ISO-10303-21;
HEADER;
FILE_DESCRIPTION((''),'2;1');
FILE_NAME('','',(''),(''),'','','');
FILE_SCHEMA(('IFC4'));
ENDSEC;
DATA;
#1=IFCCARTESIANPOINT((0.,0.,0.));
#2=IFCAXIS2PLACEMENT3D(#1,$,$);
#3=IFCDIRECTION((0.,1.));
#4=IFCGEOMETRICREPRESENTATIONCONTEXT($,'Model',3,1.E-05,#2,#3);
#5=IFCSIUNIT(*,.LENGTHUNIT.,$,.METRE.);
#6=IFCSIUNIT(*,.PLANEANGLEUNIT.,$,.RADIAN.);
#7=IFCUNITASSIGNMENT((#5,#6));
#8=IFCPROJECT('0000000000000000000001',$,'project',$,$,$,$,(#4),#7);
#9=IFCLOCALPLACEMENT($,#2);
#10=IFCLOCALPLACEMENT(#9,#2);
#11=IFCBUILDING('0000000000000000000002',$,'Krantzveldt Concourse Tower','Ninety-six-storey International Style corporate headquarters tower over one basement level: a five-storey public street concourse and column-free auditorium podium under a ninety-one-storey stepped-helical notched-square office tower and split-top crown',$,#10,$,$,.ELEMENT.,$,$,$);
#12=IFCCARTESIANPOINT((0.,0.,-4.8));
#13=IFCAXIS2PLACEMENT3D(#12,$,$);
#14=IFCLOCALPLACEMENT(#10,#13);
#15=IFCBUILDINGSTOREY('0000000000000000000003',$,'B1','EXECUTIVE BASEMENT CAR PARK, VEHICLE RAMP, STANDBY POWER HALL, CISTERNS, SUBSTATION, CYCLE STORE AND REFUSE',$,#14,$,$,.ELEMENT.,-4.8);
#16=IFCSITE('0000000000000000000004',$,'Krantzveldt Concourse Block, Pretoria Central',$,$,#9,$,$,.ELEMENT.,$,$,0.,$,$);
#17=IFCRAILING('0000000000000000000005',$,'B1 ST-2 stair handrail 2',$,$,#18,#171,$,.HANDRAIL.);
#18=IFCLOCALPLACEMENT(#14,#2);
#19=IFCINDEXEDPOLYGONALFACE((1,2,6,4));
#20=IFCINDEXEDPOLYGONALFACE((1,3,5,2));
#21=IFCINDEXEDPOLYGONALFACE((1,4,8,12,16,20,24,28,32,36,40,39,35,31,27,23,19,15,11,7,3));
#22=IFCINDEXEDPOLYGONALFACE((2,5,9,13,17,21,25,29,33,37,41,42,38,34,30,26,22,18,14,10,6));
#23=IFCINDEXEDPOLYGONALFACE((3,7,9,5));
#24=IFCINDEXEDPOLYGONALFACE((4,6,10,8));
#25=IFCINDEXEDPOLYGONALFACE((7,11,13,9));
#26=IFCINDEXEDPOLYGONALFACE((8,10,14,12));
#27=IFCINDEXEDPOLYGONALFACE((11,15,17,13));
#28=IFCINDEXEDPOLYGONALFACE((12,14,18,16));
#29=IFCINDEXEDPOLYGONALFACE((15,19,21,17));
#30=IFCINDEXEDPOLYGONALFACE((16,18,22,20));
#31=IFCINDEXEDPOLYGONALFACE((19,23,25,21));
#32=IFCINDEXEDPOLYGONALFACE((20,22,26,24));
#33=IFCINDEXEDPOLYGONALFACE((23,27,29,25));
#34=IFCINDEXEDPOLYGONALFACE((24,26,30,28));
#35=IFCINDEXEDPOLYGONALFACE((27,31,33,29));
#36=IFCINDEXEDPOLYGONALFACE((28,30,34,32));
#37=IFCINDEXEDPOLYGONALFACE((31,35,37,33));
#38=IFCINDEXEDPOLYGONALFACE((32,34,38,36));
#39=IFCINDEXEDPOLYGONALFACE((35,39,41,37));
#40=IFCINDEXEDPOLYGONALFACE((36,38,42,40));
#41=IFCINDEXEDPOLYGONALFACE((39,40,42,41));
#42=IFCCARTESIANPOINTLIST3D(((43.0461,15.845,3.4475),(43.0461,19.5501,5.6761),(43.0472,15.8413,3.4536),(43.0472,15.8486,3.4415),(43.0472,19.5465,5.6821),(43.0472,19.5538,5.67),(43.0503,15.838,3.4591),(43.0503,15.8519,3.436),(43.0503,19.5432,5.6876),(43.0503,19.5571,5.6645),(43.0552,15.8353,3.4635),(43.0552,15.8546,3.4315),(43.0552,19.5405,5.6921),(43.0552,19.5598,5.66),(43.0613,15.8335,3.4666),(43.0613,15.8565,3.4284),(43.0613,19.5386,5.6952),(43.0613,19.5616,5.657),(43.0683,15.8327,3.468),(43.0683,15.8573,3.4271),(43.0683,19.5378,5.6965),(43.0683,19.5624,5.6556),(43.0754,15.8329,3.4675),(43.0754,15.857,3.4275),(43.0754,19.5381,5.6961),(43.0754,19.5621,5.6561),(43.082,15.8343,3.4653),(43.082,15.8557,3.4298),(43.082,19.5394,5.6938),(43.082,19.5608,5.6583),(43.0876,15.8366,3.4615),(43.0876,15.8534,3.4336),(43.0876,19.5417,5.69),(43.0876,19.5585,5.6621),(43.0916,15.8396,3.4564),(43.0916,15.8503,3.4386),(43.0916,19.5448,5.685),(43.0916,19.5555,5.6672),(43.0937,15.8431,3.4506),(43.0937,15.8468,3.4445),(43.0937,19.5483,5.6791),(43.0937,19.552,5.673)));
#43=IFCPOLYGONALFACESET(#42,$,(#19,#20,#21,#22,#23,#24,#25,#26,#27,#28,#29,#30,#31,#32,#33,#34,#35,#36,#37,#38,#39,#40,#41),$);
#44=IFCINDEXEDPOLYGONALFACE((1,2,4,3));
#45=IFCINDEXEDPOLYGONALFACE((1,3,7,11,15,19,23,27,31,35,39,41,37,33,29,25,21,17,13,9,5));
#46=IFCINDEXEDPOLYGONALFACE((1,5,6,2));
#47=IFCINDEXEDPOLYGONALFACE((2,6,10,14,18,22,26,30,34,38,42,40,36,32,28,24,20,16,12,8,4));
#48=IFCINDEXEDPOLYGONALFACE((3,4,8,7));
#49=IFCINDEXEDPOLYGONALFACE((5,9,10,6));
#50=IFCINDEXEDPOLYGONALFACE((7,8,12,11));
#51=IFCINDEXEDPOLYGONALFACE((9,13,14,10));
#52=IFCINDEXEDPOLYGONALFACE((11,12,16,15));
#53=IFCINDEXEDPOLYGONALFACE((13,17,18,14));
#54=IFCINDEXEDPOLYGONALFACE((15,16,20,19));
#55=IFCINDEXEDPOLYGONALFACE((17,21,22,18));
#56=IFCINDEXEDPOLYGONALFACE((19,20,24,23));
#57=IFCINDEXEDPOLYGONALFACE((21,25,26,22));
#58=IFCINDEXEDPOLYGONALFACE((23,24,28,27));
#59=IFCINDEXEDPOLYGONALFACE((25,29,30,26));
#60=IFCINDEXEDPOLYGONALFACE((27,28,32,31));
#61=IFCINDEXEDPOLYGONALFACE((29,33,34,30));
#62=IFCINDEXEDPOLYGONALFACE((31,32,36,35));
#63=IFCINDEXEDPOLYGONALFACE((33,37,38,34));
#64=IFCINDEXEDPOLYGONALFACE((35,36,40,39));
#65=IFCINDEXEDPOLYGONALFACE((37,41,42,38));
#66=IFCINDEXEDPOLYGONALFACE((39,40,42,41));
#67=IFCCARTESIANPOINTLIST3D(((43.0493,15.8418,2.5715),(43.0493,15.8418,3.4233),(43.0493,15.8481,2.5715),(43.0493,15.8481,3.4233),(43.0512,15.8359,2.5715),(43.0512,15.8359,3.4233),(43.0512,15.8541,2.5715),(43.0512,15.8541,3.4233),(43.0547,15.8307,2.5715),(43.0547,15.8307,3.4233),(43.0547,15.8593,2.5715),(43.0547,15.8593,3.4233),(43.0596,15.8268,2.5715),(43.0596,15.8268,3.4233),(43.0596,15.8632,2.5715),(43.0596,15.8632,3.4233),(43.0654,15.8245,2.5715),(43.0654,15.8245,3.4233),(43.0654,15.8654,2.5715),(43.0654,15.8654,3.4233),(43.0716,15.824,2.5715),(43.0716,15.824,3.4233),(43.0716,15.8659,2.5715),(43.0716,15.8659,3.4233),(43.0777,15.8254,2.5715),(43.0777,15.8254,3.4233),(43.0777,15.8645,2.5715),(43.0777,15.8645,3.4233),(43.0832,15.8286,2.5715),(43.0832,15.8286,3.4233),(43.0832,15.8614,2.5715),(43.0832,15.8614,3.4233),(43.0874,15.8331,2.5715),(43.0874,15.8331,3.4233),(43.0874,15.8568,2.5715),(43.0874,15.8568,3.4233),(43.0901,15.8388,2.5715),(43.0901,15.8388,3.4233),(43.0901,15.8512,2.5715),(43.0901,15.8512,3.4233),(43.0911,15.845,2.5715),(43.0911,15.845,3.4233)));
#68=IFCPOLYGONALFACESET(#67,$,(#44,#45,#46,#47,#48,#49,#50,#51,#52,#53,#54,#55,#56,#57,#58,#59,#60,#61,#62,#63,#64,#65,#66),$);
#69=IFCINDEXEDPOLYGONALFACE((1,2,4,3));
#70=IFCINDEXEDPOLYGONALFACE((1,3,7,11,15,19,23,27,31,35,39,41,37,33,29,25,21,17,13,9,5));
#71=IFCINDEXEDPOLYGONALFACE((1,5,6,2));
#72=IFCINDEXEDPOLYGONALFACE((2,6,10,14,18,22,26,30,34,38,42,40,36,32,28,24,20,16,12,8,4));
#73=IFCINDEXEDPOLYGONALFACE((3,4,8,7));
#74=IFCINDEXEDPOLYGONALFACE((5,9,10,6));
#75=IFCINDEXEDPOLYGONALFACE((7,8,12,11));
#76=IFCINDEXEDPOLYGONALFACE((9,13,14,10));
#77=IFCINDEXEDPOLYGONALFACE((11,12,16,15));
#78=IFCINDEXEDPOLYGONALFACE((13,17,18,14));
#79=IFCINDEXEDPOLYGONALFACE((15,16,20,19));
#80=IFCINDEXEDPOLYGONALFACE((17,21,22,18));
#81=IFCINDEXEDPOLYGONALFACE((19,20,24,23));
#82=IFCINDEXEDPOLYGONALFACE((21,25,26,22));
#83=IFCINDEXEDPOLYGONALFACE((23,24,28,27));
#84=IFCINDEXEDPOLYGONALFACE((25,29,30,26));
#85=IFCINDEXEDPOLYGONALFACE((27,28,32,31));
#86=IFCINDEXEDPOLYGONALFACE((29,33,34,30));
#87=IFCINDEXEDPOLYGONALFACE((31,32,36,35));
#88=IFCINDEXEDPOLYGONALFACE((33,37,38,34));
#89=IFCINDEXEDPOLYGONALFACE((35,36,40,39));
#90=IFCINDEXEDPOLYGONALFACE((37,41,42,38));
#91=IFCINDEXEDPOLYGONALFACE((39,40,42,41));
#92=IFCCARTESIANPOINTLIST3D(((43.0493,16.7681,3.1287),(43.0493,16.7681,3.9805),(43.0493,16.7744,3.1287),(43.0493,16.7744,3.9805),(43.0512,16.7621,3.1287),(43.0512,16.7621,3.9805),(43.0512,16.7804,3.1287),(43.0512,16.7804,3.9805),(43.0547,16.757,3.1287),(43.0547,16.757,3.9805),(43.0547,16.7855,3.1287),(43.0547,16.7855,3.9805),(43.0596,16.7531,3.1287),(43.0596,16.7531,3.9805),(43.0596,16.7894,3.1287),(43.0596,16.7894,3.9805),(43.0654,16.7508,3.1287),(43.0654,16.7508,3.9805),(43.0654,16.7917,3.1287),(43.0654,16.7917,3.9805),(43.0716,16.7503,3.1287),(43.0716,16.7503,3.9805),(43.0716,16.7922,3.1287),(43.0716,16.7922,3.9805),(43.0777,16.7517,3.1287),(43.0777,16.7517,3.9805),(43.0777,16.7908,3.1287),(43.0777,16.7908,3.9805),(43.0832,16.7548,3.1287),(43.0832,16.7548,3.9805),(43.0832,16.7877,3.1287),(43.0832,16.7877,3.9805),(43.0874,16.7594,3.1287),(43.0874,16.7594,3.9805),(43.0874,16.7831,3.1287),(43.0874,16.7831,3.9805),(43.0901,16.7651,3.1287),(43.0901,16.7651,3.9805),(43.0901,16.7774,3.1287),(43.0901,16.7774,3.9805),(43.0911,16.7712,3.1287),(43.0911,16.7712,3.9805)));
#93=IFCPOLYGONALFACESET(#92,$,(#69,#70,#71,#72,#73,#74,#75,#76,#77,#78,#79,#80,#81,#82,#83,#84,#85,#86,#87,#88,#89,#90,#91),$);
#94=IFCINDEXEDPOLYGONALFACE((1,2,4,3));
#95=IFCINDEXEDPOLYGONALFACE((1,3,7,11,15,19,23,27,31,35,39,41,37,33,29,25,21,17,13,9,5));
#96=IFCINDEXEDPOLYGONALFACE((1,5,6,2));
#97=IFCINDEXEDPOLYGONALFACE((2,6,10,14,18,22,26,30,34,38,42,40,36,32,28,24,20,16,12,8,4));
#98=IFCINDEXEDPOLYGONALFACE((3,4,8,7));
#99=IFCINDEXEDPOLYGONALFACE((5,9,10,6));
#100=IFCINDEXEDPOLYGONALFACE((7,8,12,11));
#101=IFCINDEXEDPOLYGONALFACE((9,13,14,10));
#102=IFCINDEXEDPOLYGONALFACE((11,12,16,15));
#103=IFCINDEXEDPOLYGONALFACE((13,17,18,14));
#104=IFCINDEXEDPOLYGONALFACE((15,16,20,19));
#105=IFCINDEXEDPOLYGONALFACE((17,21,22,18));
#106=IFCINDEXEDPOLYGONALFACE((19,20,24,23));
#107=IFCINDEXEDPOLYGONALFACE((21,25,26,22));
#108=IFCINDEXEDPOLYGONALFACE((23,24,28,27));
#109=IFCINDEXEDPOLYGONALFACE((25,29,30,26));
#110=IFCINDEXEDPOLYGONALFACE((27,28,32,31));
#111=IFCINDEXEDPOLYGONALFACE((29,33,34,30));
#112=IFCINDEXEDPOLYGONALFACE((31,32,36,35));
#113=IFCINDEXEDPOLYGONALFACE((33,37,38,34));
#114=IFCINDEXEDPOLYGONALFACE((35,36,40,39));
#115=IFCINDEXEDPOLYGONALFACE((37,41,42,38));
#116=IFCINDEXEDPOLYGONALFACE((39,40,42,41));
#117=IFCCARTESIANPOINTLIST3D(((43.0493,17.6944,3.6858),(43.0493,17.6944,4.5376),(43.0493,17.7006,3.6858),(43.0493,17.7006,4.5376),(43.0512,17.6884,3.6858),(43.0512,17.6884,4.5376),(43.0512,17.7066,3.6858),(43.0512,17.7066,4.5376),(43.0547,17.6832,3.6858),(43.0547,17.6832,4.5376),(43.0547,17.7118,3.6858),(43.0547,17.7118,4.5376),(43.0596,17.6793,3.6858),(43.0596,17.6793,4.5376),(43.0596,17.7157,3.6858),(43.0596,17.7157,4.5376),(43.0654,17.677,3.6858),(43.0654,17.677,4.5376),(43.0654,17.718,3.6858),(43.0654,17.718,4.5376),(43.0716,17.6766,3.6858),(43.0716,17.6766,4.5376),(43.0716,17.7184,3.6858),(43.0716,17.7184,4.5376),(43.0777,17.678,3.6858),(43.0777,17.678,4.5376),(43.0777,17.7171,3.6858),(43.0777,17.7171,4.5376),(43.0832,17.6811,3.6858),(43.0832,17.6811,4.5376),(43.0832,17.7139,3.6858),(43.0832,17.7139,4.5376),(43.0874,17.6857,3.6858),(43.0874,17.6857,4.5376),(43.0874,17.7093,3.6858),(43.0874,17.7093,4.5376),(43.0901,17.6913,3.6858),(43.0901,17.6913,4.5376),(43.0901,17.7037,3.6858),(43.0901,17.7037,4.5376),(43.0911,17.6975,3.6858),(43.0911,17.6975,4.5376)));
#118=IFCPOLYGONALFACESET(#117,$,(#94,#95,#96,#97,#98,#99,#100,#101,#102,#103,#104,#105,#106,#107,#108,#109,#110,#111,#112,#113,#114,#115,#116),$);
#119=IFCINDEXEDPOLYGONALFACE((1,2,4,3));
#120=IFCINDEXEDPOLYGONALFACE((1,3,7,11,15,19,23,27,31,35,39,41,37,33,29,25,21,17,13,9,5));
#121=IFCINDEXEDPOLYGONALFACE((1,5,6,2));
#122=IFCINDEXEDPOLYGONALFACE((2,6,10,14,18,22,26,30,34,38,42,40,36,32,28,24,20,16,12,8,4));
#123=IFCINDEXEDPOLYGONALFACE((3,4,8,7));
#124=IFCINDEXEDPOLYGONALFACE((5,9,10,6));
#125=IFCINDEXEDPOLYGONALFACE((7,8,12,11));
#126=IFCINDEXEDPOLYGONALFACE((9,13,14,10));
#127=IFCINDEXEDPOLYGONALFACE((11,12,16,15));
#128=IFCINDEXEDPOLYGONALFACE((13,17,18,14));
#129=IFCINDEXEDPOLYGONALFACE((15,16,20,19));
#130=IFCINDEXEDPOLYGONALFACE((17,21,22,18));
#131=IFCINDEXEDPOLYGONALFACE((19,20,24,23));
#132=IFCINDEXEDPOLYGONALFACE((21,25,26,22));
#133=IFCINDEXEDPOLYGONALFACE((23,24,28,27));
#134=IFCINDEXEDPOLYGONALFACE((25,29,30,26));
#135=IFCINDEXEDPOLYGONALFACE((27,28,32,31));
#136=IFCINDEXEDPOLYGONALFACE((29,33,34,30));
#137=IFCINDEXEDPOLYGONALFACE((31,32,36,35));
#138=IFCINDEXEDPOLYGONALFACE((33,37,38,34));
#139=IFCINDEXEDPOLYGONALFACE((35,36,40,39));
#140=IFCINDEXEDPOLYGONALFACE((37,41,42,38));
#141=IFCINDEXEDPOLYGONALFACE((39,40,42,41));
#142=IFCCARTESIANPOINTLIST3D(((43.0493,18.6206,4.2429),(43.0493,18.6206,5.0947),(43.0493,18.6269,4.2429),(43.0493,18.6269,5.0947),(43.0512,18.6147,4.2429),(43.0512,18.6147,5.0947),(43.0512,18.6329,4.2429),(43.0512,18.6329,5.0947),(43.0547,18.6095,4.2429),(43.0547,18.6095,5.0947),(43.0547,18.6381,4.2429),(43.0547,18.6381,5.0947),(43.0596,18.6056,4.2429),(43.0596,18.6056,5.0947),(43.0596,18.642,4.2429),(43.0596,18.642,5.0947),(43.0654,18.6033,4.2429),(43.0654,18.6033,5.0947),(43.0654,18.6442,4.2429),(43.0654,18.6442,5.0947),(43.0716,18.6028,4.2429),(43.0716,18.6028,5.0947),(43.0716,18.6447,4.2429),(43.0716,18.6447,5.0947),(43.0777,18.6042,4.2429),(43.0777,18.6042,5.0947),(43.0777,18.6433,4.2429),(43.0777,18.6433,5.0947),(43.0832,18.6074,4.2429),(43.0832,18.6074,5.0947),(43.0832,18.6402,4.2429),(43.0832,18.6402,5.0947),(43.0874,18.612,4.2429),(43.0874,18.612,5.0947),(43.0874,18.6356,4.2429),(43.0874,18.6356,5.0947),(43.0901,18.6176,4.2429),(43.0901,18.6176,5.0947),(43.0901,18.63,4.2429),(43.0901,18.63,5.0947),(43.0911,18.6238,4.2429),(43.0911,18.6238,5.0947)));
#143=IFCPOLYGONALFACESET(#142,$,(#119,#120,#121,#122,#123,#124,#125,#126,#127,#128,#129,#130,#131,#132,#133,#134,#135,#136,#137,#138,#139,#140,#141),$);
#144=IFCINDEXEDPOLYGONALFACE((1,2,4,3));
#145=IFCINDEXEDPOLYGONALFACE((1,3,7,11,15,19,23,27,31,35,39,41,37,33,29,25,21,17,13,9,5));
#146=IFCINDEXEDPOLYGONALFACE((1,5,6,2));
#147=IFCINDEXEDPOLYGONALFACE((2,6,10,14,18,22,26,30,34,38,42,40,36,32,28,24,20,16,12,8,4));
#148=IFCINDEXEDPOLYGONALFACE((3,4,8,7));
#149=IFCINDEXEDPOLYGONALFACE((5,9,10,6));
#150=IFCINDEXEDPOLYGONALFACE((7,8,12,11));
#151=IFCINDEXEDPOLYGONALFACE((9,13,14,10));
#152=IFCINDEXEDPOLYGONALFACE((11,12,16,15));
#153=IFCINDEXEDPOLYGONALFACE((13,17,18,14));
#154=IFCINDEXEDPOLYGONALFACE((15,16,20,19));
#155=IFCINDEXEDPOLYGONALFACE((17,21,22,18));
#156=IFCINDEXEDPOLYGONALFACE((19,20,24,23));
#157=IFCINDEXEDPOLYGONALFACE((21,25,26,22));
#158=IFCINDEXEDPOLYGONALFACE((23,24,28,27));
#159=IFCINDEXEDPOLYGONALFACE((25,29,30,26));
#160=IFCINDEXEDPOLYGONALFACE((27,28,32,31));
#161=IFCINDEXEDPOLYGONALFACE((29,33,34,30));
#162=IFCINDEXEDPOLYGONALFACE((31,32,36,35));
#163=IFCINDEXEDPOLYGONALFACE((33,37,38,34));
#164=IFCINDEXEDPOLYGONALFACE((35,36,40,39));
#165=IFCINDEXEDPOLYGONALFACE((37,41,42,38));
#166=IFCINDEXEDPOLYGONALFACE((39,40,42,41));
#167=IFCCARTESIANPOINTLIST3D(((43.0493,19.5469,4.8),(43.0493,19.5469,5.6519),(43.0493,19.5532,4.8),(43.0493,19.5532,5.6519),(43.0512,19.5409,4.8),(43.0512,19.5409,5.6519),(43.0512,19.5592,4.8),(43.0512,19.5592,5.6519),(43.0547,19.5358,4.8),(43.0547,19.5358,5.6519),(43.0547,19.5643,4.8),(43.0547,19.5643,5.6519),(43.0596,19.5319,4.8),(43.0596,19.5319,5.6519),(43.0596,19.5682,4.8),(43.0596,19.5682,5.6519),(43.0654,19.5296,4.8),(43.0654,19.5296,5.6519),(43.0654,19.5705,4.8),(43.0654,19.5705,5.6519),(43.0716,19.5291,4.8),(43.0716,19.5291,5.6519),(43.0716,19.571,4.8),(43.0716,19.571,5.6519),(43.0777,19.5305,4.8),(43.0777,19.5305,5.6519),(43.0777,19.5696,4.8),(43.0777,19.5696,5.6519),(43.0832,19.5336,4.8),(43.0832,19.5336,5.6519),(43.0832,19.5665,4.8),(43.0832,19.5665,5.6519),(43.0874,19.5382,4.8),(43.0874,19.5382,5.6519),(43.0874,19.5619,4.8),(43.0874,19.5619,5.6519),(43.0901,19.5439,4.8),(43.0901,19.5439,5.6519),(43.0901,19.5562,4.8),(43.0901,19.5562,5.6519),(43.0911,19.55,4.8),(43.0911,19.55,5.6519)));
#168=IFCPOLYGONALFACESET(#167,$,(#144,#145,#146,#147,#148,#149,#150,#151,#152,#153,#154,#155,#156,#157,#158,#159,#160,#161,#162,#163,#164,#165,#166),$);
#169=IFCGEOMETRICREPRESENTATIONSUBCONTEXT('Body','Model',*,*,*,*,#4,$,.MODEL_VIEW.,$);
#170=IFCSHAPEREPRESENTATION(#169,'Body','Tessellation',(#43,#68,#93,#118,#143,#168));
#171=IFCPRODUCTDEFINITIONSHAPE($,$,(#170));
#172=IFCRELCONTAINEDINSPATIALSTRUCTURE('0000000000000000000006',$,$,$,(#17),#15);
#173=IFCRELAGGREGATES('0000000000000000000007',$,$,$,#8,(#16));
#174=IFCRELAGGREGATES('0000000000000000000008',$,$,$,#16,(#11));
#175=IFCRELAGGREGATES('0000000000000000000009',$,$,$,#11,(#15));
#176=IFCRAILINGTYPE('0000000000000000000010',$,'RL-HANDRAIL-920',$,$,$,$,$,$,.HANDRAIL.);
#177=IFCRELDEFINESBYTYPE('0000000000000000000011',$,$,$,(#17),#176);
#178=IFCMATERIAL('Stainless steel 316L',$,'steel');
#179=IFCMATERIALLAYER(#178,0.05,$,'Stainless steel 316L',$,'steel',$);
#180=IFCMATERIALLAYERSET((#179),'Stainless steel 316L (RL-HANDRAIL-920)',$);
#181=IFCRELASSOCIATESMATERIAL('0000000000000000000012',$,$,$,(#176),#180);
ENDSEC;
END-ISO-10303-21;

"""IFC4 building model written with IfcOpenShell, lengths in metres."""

from ifc_helpers import new_model, si_unit, direction, frame, origin, origin_2d, place, context, subcontext, project, spatial, circle, extrude, material, layer, layer_set, type_object, element, save


model = new_model("IFC4")

# Units and contexts
model_context = context("Model", 3, precision=1e-05, world=origin(), true_north=direction((0.0, 1.0)))
body_context = subcontext(model_context, "Body", "Model", "MODEL_VIEW")
ifc_project = project(units=[si_unit("LENGTHUNIT", "METRE"), si_unit("PLANEANGLEUNIT", "RADIAN")], contexts=[model_context])

# Site, building, storey
site_placement = place(None, origin())
site = spatial("IfcSite", under=ifc_project, at=site_placement, Name="Krantzveldt Concourse Block, Pretoria Central", CompositionType="ELEMENT", RefElevation=0.0)
building_placement = place(site_placement, origin())
building = spatial("IfcBuilding", under=site, at=building_placement, Name="Krantzveldt Concourse Tower", Description="Ninety-six-storey International Style corporate headquarters tower over one basement level: a five-storey public street concourse and column-free auditorium podium under a ninety-one-storey stepped-helical notched-square office tower and split-top crown", CompositionType="ELEMENT")
storey_placement = place(building_placement, frame((0.0, 0.0, -4.8)))
storey = spatial("IfcBuildingStorey", under=building, at=storey_placement, Name="B1", Description="EXECUTIVE BASEMENT CAR PARK, VEHICLE RAMP, STANDBY POWER HALL, CISTERNS, SUBSTATION, CYCLE STORE AND REFUSE", CompositionType="ELEMENT", Elevation=-4.8)

# Shared definitions
ifc_material_1 = material(Name="Stainless steel 316L", Category="steel")

# Railing
ifc_layer_1 = layer(ifc_material_1, 0.05, Name="Stainless steel 316L", Category="steel")
ifc_layer_set_1 = layer_set([ifc_layer_1], Name="Stainless steel 316L (RL-HANDRAIL-920)")
railing_type_1 = type_object("IfcRailingType", Name="RL-HANDRAIL-920", PredefinedType="HANDRAIL", material=ifc_layer_set_1)
railing_1_placement = place(storey_placement, frame((43.0701, 15.845, 2.5715)))
element("IfcRailing", 1, at=railing_1_placement, inside=storey, type_object=railing_type_1, Name="B1 ST-2 stair handrail 2", PredefinedType="HANDRAIL", context=body_context, shape_type="SweptSolid", body=[
    extrude(circle(Radius=0.0239, at=origin_2d()), frame((0.0, 0.0, 0.876), z_axis=(0.0, 0.856934, 0.515425), x_axis=(-1.0, 0.0, 0.0)), (0.0, 0.0, 1.0), 4.3237),
    extrude(circle(Radius=0.021, at=origin_2d()), origin(), (0.0, 0.0, 1.0), 0.8518),
    extrude(circle(Radius=0.021, at=origin_2d()), frame((0.0, 0.9263, 0.5571)), (0.0, 0.0, 1.0), 0.8518),
    extrude(circle(Radius=0.021, at=origin_2d()), frame((0.0, 1.8525, 1.1143)), (0.0, 0.0, 1.0), 0.8518),
    extrude(circle(Radius=0.021, at=origin_2d()), frame((0.0, 2.7788, 1.6714)), (0.0, 0.0, 1.0), 0.8518),
    extrude(circle(Radius=0.021, at=origin_2d()), frame((0.0, 3.7051, 2.2285)), (0.0, 0.0, 1.0), 0.8518),
])

save(model, "model.ifc")
